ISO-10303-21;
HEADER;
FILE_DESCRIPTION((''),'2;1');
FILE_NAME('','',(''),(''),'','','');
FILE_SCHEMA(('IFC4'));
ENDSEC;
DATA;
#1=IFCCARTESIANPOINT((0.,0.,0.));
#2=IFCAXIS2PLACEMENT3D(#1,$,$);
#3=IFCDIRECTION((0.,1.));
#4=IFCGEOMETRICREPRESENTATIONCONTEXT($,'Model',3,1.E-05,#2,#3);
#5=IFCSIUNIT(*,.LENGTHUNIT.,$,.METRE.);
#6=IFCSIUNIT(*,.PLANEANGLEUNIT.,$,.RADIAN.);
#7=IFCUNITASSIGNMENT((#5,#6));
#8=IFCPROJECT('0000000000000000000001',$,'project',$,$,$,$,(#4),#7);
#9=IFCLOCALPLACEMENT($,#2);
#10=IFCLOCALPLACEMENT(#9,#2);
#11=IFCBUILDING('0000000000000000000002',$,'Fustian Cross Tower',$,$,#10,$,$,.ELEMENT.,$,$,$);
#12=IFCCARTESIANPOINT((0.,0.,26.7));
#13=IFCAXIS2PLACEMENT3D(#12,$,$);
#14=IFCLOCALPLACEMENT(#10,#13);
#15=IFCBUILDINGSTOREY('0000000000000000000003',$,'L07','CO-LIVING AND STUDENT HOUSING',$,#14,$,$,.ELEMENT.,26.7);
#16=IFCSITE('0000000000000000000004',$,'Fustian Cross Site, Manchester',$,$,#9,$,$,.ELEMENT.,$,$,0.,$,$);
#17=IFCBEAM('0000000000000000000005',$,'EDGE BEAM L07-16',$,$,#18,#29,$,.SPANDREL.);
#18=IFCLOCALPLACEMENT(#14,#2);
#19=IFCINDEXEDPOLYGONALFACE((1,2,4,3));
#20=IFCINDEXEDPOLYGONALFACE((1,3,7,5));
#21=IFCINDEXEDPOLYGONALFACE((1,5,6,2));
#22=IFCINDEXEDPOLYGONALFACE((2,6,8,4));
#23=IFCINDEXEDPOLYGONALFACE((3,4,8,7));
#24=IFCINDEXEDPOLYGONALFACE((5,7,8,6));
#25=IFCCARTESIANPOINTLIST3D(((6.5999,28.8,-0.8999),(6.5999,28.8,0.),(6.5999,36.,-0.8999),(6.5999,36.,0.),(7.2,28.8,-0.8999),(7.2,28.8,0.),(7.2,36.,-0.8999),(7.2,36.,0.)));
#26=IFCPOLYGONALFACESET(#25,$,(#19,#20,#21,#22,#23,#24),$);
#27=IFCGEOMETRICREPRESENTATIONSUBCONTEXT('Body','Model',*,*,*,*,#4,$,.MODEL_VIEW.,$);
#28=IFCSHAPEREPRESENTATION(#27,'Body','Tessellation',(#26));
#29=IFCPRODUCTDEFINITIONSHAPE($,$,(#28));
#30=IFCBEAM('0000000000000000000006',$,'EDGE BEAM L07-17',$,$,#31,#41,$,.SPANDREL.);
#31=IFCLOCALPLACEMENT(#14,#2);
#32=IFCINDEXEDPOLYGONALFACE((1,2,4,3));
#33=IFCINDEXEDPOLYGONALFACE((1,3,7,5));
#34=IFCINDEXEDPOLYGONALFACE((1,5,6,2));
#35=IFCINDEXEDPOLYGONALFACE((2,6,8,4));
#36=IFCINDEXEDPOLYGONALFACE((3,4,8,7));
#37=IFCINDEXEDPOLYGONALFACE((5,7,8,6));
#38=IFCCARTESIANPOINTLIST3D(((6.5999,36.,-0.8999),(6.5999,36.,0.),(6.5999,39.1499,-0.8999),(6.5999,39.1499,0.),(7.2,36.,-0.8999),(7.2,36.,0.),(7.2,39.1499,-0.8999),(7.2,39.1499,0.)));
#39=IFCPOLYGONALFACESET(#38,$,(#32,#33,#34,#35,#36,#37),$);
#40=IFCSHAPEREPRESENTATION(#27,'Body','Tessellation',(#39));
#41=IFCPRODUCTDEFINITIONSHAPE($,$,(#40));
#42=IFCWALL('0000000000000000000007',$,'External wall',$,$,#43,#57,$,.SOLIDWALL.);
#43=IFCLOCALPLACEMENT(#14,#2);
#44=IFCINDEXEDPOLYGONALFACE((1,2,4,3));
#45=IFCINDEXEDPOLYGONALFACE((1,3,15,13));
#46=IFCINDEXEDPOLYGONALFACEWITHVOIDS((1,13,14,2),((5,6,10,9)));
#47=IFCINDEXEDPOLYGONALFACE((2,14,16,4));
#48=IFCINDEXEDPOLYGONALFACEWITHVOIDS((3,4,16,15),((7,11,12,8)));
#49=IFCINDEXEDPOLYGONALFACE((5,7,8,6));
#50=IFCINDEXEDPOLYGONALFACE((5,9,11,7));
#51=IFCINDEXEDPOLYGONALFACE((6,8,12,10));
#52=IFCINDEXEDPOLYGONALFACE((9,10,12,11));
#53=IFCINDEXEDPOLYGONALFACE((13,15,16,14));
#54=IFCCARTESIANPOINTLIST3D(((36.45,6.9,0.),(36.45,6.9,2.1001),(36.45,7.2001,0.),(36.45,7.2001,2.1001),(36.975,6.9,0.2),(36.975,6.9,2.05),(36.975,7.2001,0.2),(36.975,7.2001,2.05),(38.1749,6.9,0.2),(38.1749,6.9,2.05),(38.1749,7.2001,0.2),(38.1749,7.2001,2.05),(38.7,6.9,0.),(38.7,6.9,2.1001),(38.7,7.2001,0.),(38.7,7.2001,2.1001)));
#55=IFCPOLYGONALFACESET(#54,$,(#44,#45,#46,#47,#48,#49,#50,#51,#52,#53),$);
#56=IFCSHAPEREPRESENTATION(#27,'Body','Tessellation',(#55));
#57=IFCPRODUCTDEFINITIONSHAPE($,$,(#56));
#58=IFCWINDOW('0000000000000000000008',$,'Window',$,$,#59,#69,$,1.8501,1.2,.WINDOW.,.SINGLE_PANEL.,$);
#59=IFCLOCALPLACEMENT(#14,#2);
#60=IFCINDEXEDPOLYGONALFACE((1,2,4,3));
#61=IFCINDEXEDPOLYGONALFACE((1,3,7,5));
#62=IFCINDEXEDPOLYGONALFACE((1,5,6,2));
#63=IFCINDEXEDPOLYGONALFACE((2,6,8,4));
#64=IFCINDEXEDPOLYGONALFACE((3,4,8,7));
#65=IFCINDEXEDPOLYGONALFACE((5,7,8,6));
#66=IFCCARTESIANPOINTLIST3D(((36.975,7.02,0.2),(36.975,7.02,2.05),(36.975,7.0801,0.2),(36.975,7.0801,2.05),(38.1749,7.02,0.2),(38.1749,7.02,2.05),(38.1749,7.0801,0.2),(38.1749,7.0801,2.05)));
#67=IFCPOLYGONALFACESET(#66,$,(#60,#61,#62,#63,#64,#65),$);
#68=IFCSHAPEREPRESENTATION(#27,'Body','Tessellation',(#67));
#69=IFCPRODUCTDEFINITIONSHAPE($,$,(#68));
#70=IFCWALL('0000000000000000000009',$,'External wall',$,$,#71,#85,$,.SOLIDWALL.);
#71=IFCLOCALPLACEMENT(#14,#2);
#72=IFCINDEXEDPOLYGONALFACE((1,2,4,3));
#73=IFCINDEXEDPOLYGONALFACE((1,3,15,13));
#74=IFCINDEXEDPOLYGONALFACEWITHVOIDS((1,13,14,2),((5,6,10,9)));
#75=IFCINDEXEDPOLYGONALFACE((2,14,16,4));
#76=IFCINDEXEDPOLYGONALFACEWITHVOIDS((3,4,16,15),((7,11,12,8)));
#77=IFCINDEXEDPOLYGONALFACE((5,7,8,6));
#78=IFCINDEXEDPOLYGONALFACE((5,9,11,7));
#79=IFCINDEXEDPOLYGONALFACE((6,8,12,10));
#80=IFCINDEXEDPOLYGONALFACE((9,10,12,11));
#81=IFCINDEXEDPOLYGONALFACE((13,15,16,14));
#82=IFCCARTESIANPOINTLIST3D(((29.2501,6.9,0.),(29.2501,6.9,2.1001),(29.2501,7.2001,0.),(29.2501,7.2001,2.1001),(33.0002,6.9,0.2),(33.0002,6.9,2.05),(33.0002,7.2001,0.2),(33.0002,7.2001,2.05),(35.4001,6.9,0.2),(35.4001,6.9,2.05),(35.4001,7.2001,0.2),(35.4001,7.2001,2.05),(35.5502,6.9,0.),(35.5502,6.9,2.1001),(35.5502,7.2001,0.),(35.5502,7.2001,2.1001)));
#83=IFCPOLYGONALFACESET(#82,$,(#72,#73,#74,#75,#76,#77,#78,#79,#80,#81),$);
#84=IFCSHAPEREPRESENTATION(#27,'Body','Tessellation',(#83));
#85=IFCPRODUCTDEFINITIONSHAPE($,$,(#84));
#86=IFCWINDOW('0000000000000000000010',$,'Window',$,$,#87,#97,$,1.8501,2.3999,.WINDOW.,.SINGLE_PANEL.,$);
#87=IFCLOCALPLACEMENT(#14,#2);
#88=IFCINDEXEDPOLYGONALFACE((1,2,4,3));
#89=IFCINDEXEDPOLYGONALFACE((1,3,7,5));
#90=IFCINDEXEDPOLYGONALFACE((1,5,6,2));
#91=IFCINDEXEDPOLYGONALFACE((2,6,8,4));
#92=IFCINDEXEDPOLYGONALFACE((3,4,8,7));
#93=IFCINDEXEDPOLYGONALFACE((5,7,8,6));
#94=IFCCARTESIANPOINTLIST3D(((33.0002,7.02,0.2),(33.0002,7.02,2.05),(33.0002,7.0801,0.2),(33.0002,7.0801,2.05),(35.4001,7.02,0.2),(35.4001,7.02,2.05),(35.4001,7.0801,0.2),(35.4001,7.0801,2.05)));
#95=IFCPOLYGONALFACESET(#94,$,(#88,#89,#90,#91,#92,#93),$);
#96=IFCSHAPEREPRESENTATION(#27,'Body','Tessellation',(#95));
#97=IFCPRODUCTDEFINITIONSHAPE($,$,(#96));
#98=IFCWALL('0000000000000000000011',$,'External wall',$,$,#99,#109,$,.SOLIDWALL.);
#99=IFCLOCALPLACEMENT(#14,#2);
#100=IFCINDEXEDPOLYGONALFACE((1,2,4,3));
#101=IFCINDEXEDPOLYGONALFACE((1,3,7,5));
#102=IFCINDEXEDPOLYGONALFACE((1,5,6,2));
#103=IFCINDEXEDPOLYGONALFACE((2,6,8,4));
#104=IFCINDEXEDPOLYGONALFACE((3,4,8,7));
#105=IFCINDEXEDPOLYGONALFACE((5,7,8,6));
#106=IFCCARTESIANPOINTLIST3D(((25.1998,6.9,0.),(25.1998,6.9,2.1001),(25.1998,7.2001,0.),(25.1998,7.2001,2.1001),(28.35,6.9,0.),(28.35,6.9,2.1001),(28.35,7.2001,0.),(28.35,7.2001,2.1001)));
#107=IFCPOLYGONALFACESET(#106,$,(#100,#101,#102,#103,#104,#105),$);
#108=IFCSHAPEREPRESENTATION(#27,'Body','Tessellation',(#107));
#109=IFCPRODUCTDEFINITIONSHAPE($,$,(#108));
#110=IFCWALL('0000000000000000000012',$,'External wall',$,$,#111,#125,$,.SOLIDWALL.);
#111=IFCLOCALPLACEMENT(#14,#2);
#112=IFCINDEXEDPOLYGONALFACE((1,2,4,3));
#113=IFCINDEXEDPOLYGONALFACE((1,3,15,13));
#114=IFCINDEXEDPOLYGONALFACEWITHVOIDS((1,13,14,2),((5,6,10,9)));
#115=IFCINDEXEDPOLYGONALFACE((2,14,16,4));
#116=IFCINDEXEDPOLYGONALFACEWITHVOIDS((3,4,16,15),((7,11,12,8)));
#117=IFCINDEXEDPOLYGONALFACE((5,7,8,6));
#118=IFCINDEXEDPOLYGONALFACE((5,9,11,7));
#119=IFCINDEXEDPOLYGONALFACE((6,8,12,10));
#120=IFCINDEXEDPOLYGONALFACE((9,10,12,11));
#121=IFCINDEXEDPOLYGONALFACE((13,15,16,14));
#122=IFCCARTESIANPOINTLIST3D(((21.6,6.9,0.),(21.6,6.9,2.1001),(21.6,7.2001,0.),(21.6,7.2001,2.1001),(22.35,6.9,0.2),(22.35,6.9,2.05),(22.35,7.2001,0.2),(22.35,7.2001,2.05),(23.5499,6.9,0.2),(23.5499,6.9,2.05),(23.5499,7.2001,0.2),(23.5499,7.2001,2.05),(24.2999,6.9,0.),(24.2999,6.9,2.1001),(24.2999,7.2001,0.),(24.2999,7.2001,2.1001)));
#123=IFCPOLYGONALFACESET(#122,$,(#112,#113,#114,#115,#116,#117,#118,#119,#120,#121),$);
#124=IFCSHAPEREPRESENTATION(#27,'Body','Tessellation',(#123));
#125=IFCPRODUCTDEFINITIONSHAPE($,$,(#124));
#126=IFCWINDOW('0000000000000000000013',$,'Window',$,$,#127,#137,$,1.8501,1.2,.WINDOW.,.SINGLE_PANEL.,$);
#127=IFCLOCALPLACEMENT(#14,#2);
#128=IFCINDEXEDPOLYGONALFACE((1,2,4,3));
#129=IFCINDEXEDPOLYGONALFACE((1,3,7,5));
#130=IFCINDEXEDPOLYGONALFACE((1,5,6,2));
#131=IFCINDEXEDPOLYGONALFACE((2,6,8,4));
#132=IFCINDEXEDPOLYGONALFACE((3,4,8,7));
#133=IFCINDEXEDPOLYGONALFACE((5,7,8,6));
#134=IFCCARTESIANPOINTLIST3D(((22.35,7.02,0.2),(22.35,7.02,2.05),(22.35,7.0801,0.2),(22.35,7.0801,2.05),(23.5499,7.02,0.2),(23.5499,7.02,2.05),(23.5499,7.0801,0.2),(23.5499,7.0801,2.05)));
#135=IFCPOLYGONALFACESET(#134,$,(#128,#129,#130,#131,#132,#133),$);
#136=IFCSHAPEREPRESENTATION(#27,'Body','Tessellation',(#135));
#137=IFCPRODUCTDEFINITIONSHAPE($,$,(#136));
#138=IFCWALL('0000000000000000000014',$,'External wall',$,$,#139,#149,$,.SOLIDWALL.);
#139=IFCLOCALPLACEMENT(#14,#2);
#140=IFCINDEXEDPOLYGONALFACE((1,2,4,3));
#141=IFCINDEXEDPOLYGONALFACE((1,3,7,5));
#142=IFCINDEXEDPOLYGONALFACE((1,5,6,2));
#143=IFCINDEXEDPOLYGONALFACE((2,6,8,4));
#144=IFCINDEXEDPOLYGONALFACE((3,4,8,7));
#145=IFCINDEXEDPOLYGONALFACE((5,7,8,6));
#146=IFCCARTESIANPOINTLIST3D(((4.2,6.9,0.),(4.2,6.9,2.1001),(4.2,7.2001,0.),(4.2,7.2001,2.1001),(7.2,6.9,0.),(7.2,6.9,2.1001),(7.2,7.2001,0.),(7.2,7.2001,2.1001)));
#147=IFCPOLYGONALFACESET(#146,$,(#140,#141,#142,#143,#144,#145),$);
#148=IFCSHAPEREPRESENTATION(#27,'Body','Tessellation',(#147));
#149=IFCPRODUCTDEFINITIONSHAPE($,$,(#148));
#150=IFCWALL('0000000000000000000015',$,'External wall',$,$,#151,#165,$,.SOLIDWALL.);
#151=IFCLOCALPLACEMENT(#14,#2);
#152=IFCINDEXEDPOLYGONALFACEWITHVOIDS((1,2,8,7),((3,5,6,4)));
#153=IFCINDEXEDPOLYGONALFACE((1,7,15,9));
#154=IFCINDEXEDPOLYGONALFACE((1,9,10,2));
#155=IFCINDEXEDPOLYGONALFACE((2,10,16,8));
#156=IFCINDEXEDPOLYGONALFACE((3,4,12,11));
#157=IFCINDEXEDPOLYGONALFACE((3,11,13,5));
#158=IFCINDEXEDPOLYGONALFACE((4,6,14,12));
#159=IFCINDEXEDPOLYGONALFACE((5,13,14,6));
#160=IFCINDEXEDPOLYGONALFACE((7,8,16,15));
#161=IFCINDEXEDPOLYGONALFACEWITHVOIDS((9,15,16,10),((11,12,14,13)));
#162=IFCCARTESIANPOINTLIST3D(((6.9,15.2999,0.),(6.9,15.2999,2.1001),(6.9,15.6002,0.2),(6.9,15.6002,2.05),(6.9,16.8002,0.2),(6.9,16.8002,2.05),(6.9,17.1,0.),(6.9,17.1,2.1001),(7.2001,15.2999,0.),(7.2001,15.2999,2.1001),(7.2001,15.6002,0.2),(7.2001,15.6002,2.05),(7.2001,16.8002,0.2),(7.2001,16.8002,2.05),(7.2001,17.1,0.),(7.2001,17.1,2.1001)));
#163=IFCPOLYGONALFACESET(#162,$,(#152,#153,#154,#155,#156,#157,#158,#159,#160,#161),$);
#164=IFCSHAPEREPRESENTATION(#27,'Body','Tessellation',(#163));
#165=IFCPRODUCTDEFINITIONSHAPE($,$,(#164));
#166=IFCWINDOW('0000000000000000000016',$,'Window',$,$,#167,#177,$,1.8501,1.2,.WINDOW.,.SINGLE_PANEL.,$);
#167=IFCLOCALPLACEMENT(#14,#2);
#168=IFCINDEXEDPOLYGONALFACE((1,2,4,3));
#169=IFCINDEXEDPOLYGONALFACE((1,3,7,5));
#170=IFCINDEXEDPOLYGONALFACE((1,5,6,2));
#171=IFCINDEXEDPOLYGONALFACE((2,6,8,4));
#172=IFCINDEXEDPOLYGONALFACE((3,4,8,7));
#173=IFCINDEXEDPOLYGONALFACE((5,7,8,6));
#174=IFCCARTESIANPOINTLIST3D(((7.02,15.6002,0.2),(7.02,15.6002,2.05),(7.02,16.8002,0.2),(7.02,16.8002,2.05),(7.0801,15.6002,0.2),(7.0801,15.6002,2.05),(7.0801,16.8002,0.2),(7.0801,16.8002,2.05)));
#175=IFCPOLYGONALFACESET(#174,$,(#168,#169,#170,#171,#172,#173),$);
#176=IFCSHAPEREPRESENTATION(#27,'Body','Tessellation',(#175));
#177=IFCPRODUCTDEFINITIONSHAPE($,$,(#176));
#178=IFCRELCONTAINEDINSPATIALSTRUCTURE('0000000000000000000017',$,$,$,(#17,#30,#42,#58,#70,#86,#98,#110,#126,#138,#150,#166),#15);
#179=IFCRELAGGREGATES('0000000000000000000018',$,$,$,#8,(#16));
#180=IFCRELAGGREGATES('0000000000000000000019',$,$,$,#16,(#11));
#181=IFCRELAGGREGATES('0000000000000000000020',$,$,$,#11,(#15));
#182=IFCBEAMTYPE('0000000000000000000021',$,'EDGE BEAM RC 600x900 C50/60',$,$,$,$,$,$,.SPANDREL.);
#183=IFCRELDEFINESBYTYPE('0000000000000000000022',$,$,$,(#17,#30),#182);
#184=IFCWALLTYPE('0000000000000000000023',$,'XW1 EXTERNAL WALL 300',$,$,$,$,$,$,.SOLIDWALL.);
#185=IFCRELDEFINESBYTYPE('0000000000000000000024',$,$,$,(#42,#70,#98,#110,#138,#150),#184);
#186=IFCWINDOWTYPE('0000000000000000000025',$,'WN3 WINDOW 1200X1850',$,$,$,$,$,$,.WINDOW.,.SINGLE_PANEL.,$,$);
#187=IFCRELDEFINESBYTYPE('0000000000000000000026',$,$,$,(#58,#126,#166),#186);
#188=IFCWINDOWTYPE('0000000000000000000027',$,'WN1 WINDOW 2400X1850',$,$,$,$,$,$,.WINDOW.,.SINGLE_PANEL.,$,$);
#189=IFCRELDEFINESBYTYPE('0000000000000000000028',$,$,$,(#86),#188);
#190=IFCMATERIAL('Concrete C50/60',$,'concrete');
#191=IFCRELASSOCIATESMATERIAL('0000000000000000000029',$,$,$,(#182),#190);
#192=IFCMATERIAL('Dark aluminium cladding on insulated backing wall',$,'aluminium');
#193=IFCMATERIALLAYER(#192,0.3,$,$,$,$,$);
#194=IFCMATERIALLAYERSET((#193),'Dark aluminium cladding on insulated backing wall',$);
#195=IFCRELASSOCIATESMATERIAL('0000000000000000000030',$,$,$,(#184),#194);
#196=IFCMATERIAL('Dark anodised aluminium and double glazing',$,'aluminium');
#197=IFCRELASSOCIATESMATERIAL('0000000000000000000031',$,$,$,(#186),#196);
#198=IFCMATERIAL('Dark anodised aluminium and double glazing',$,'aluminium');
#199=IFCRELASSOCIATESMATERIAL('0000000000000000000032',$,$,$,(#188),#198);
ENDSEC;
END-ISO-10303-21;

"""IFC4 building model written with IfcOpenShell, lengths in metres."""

from ifc_helpers import new_model, si_unit, direction, frame, frame_2d, origin, origin_2d, place, context, subcontext, project, spatial, rectangle, extrude, material, layer, layer_set, material_profile, profile_set, type_object, element, fill, save


model = new_model("IFC4")

# Units and contexts
model_context = context("Model", 3, precision=1e-05, world=origin(), true_north=direction((0.0, 1.0)))
body_context = subcontext(model_context, "Body", "Model", "MODEL_VIEW")
ifc_project = project(units=[si_unit("LENGTHUNIT", "METRE"), si_unit("PLANEANGLEUNIT", "RADIAN")], contexts=[model_context])

# Site, building, storey
site_placement = place(None, origin())
site = spatial("IfcSite", under=ifc_project, at=site_placement, Name="Fustian Cross Site, Manchester", CompositionType="ELEMENT", RefElevation=0.0)
building_placement = place(site_placement, origin())
building = spatial("IfcBuilding", under=site, at=building_placement, Name="Fustian Cross Tower", CompositionType="ELEMENT")
storey_placement = place(building_placement, frame((0.0, 0.0, 26.7)))
storey = spatial("IfcBuildingStorey", under=building, at=storey_placement, Name="L07", Description="CO-LIVING AND STUDENT HOUSING", CompositionType="ELEMENT", Elevation=26.7)

# Beams
ifc_material_1 = material(Name="Concrete C50/60", Category="concrete")
ifc_material_profile = material_profile(ifc_material_1, rectangle(XDim=0.6001, YDim=0.8999, at=origin_2d()), Name="RC 600x900")
ifc_profile_set = profile_set([ifc_material_profile], Name="Concrete C50/60")
beam_type = type_object("IfcBeamType", Name="EDGE BEAM RC 600x900 C50/60", PredefinedType="SPANDREL", material=ifc_profile_set)
beam_1_placement = place(storey_placement, frame((6.8999, 28.8, -0.45), z_axis=(0.0, 1.0, 0.0), x_axis=(-1.0, 0.0, 0.0)))
element("IfcBeam", 1, at=beam_1_placement, inside=storey, type_object=beam_type, Name="EDGE BEAM L07-16", PredefinedType="SPANDREL", context=body_context, shape_type="SweptSolid", body=[
    extrude(rectangle(XDim=0.6001, YDim=0.8999, at=origin_2d()), origin(), (0.0, 0.0, 1.0), 7.2),
])
beam_2_placement = place(storey_placement, frame((6.8999, 36.0, -0.45), z_axis=(0.0, 1.0, 0.0), x_axis=(-1.0, 0.0, 0.0)))
element("IfcBeam", 2, at=beam_2_placement, inside=storey, type_object=beam_type, Name="EDGE BEAM L07-17", PredefinedType="SPANDREL", context=body_context, shape_type="SweptSolid", body=[
    extrude(rectangle(XDim=0.6001, YDim=0.8999, at=origin_2d()), origin(), (0.0, 0.0, 1.0), 3.1499),
])

# Walls, openings, windows
ifc_material_2 = material(Name="Dark aluminium cladding on insulated backing wall", Category="aluminium")
ifc_layer = layer(ifc_material_2, 0.3)
ifc_layer_set = layer_set([ifc_layer], Name="Dark aluminium cladding on insulated backing wall")
wall_type = type_object("IfcWallType", Name="XW1 EXTERNAL WALL 300", PredefinedType="SOLIDWALL", material=ifc_layer_set)
wall_1_placement = place(storey_placement, frame((38.7, 7.05, 0.0), z_axis=(0.0, 0.0, 1.0), x_axis=(-1.0, 0.0, 0.0)))
wall_1 = element("IfcWall", 3, at=wall_1_placement, inside=storey, type_object=wall_type, Name="External wall", PredefinedType="SOLIDWALL", context=body_context, shape_type="SweptSolid", body=[
    extrude(rectangle(XDim=2.25, YDim=0.3, at=frame_2d((1.125, 0.0))), origin(), (0.0, 0.0, 1.0), 2.1001),
])
opening_1_placement = place(wall_1_placement, frame((0.5249, 0.0, 0.2)))
opening_1 = element("IfcOpeningElement", 4, at=opening_1_placement, cuts=wall_1, PredefinedType="OPENING", context=body_context, shape_type="SweptSolid", body=[
    extrude(rectangle(XDim=1.2, YDim=1.8501, at=frame_2d((0.6001, 0.925))), frame((0.0, 0.1599, 0.0), z_axis=(0.0, -1.0, 0.0), x_axis=(1.0, 0.0, 0.0)), (0.0, 0.0, 1.0), 0.3201),
])
ifc_material_3 = material(Name="Dark anodised aluminium and double glazing", Category="aluminium")
window_type_1 = type_object("IfcWindowType", Name="WN3 WINDOW 1200X1850", PartitioningType="SINGLE_PANEL", PredefinedType="WINDOW", material=ifc_material_3)
window_1_placement = place(opening_1_placement, origin())
window_1 = element("IfcWindow", 5, at=window_1_placement, inside=storey, type_object=window_type_1, Name="Window", OverallHeight=1.8501, OverallWidth=1.2, PartitioningType="SINGLE_PANEL", PredefinedType="WINDOW", context=body_context, shape_type="SweptSolid", body=[
    extrude(rectangle(XDim=1.2, YDim=1.8501, at=frame_2d((0.6001, 0.925))), frame((0.0, 0.03, 0.0), z_axis=(0.0, -1.0, 0.0), x_axis=(1.0, 0.0, 0.0)), (0.0, 0.0, 1.0), 0.0601),
])
fill(opening_1, window_1)
wall_2_placement = place(storey_placement, frame((35.55, 7.05, 0.0), z_axis=(0.0, 0.0, 1.0), x_axis=(-1.0, 0.0, 0.0)))
wall_2 = element("IfcWall", 6, at=wall_2_placement, inside=storey, type_object=wall_type, Name="External wall", PredefinedType="SOLIDWALL", context=body_context, shape_type="SweptSolid", body=[
    extrude(rectangle(XDim=6.3, YDim=0.3, at=frame_2d((3.1499, 0.0))), origin(), (0.0, 0.0, 1.0), 2.1001),
])
opening_2_placement = place(wall_2_placement, frame((0.1499, 0.0, 0.2)))
opening_2 = element("IfcOpeningElement", 7, at=opening_2_placement, cuts=wall_2, PredefinedType="OPENING", context=body_context, shape_type="SweptSolid", body=[
    extrude(rectangle(XDim=2.3999, YDim=1.8501, at=frame_2d((1.2, 0.925))), frame((0.0, 0.1599, 0.0), z_axis=(0.0, -1.0, 0.0), x_axis=(1.0, 0.0, 0.0)), (0.0, 0.0, 1.0), 0.3201),
])
ifc_material_4 = material(Name="Dark anodised aluminium and double glazing", Category="aluminium")
window_type_2 = type_object("IfcWindowType", Name="WN1 WINDOW 2400X1850", PartitioningType="SINGLE_PANEL", PredefinedType="WINDOW", material=ifc_material_4)
window_2_placement = place(opening_2_placement, origin())
window_2 = element("IfcWindow", 8, at=window_2_placement, inside=storey, type_object=window_type_2, Name="Window", OverallHeight=1.8501, OverallWidth=2.3999, PartitioningType="SINGLE_PANEL", PredefinedType="WINDOW", context=body_context, shape_type="SweptSolid", body=[
    extrude(rectangle(XDim=2.3999, YDim=1.8501, at=frame_2d((1.2, 0.925))), frame((0.0, 0.03, 0.0), z_axis=(0.0, -1.0, 0.0), x_axis=(1.0, 0.0, 0.0)), (0.0, 0.0, 1.0), 0.0601),
])
fill(opening_2, window_2)

# Wall
wall_3_placement = place(storey_placement, frame((28.3501, 7.05, 0.0), z_axis=(0.0, 0.0, 1.0), x_axis=(-1.0, 0.0, 0.0)))
element("IfcWall", 9, at=wall_3_placement, inside=storey, type_object=wall_type, Name="External wall", PredefinedType="SOLIDWALL", context=body_context, shape_type="SweptSolid", body=[
    extrude(rectangle(XDim=3.1501, YDim=0.3, at=frame_2d((1.5752, 0.0))), origin(), (0.0, 0.0, 1.0), 2.1001),
])

# Wall, opening, window
wall_4_placement = place(storey_placement, frame((24.3, 7.05, 0.0), z_axis=(0.0, 0.0, 1.0), x_axis=(-1.0, 0.0, 0.0)))
wall_4 = element("IfcWall", 10, at=wall_4_placement, inside=storey, type_object=wall_type, Name="External wall", PredefinedType="SOLIDWALL", context=body_context, shape_type="SweptSolid", body=[
    extrude(rectangle(XDim=2.7, YDim=0.3, at=frame_2d((1.3501, 0.0))), origin(), (0.0, 0.0, 1.0), 2.1001),
])
opening_3_placement = place(wall_4_placement, frame((0.75, 0.0, 0.2)))
opening_3 = element("IfcOpeningElement", 11, at=opening_3_placement, cuts=wall_4, PredefinedType="OPENING", context=body_context, shape_type="SweptSolid", body=[
    extrude(rectangle(XDim=1.2, YDim=1.8501, at=frame_2d((0.6001, 0.925))), frame((0.0, 0.1599, 0.0), z_axis=(0.0, -1.0, 0.0), x_axis=(1.0, 0.0, 0.0)), (0.0, 0.0, 1.0), 0.3201),
])
window_3_placement = place(opening_3_placement, origin())
window_3 = element("IfcWindow", 12, at=window_3_placement, inside=storey, type_object=window_type_1, Name="Window", OverallHeight=1.8501, OverallWidth=1.2, PartitioningType="SINGLE_PANEL", PredefinedType="WINDOW", context=body_context, shape_type="SweptSolid", body=[
    extrude(rectangle(XDim=1.2, YDim=1.8501, at=frame_2d((0.6001, 0.925))), frame((0.0, 0.03, 0.0), z_axis=(0.0, -1.0, 0.0), x_axis=(1.0, 0.0, 0.0)), (0.0, 0.0, 1.0), 0.0601),
])
fill(opening_3, window_3)

# Wall
wall_5_placement = place(storey_placement, frame((7.2, 7.05, 0.0), z_axis=(0.0, 0.0, 1.0), x_axis=(-1.0, 0.0, 0.0)))
element("IfcWall", 13, at=wall_5_placement, inside=storey, type_object=wall_type, Name="External wall", PredefinedType="SOLIDWALL", context=body_context, shape_type="SweptSolid", body=[
    extrude(rectangle(XDim=3.0, YDim=0.3, at=frame_2d((1.5, 0.0))), origin(), (0.0, 0.0, 1.0), 2.1001),
])

# Wall, opening, window
wall_6_placement = place(storey_placement, frame((7.05, 15.3, 0.0), z_axis=(0.0, 0.0, 1.0), x_axis=(0.0, 1.0, 0.0)))
wall_6 = element("IfcWall", 14, at=wall_6_placement, inside=storey, type_object=wall_type, Name="External wall", PredefinedType="SOLIDWALL", context=body_context, shape_type="SweptSolid", body=[
    extrude(rectangle(XDim=1.8, YDim=0.3, at=frame_2d((0.8999, 0.0))), origin(), (0.0, 0.0, 1.0), 2.1001),
])
opening_4_placement = place(wall_6_placement, frame((0.3, 0.0, 0.2)))
opening_4 = element("IfcOpeningElement", 15, at=opening_4_placement, cuts=wall_6, PredefinedType="OPENING", context=body_context, shape_type="SweptSolid", body=[
    extrude(rectangle(XDim=1.2, YDim=1.8501, at=frame_2d((0.6001, 0.925))), frame((0.0, 0.1599, 0.0), z_axis=(0.0, -1.0, 0.0), x_axis=(1.0, 0.0, 0.0)), (0.0, 0.0, 1.0), 0.3201),
])
window_4_placement = place(opening_4_placement, origin())
window_4 = element("IfcWindow", 16, at=window_4_placement, inside=storey, type_object=window_type_1, Name="Window", OverallHeight=1.8501, OverallWidth=1.2, PartitioningType="SINGLE_PANEL", PredefinedType="WINDOW", context=body_context, shape_type="SweptSolid", body=[
    extrude(rectangle(XDim=1.2, YDim=1.8501, at=frame_2d((0.6001, 0.925))), frame((0.0, 0.03, 0.0), z_axis=(0.0, -1.0, 0.0), x_axis=(1.0, 0.0, 0.0)), (0.0, 0.0, 1.0), 0.0601),
])
fill(opening_4, window_4)

save(model, "model.ifc")
